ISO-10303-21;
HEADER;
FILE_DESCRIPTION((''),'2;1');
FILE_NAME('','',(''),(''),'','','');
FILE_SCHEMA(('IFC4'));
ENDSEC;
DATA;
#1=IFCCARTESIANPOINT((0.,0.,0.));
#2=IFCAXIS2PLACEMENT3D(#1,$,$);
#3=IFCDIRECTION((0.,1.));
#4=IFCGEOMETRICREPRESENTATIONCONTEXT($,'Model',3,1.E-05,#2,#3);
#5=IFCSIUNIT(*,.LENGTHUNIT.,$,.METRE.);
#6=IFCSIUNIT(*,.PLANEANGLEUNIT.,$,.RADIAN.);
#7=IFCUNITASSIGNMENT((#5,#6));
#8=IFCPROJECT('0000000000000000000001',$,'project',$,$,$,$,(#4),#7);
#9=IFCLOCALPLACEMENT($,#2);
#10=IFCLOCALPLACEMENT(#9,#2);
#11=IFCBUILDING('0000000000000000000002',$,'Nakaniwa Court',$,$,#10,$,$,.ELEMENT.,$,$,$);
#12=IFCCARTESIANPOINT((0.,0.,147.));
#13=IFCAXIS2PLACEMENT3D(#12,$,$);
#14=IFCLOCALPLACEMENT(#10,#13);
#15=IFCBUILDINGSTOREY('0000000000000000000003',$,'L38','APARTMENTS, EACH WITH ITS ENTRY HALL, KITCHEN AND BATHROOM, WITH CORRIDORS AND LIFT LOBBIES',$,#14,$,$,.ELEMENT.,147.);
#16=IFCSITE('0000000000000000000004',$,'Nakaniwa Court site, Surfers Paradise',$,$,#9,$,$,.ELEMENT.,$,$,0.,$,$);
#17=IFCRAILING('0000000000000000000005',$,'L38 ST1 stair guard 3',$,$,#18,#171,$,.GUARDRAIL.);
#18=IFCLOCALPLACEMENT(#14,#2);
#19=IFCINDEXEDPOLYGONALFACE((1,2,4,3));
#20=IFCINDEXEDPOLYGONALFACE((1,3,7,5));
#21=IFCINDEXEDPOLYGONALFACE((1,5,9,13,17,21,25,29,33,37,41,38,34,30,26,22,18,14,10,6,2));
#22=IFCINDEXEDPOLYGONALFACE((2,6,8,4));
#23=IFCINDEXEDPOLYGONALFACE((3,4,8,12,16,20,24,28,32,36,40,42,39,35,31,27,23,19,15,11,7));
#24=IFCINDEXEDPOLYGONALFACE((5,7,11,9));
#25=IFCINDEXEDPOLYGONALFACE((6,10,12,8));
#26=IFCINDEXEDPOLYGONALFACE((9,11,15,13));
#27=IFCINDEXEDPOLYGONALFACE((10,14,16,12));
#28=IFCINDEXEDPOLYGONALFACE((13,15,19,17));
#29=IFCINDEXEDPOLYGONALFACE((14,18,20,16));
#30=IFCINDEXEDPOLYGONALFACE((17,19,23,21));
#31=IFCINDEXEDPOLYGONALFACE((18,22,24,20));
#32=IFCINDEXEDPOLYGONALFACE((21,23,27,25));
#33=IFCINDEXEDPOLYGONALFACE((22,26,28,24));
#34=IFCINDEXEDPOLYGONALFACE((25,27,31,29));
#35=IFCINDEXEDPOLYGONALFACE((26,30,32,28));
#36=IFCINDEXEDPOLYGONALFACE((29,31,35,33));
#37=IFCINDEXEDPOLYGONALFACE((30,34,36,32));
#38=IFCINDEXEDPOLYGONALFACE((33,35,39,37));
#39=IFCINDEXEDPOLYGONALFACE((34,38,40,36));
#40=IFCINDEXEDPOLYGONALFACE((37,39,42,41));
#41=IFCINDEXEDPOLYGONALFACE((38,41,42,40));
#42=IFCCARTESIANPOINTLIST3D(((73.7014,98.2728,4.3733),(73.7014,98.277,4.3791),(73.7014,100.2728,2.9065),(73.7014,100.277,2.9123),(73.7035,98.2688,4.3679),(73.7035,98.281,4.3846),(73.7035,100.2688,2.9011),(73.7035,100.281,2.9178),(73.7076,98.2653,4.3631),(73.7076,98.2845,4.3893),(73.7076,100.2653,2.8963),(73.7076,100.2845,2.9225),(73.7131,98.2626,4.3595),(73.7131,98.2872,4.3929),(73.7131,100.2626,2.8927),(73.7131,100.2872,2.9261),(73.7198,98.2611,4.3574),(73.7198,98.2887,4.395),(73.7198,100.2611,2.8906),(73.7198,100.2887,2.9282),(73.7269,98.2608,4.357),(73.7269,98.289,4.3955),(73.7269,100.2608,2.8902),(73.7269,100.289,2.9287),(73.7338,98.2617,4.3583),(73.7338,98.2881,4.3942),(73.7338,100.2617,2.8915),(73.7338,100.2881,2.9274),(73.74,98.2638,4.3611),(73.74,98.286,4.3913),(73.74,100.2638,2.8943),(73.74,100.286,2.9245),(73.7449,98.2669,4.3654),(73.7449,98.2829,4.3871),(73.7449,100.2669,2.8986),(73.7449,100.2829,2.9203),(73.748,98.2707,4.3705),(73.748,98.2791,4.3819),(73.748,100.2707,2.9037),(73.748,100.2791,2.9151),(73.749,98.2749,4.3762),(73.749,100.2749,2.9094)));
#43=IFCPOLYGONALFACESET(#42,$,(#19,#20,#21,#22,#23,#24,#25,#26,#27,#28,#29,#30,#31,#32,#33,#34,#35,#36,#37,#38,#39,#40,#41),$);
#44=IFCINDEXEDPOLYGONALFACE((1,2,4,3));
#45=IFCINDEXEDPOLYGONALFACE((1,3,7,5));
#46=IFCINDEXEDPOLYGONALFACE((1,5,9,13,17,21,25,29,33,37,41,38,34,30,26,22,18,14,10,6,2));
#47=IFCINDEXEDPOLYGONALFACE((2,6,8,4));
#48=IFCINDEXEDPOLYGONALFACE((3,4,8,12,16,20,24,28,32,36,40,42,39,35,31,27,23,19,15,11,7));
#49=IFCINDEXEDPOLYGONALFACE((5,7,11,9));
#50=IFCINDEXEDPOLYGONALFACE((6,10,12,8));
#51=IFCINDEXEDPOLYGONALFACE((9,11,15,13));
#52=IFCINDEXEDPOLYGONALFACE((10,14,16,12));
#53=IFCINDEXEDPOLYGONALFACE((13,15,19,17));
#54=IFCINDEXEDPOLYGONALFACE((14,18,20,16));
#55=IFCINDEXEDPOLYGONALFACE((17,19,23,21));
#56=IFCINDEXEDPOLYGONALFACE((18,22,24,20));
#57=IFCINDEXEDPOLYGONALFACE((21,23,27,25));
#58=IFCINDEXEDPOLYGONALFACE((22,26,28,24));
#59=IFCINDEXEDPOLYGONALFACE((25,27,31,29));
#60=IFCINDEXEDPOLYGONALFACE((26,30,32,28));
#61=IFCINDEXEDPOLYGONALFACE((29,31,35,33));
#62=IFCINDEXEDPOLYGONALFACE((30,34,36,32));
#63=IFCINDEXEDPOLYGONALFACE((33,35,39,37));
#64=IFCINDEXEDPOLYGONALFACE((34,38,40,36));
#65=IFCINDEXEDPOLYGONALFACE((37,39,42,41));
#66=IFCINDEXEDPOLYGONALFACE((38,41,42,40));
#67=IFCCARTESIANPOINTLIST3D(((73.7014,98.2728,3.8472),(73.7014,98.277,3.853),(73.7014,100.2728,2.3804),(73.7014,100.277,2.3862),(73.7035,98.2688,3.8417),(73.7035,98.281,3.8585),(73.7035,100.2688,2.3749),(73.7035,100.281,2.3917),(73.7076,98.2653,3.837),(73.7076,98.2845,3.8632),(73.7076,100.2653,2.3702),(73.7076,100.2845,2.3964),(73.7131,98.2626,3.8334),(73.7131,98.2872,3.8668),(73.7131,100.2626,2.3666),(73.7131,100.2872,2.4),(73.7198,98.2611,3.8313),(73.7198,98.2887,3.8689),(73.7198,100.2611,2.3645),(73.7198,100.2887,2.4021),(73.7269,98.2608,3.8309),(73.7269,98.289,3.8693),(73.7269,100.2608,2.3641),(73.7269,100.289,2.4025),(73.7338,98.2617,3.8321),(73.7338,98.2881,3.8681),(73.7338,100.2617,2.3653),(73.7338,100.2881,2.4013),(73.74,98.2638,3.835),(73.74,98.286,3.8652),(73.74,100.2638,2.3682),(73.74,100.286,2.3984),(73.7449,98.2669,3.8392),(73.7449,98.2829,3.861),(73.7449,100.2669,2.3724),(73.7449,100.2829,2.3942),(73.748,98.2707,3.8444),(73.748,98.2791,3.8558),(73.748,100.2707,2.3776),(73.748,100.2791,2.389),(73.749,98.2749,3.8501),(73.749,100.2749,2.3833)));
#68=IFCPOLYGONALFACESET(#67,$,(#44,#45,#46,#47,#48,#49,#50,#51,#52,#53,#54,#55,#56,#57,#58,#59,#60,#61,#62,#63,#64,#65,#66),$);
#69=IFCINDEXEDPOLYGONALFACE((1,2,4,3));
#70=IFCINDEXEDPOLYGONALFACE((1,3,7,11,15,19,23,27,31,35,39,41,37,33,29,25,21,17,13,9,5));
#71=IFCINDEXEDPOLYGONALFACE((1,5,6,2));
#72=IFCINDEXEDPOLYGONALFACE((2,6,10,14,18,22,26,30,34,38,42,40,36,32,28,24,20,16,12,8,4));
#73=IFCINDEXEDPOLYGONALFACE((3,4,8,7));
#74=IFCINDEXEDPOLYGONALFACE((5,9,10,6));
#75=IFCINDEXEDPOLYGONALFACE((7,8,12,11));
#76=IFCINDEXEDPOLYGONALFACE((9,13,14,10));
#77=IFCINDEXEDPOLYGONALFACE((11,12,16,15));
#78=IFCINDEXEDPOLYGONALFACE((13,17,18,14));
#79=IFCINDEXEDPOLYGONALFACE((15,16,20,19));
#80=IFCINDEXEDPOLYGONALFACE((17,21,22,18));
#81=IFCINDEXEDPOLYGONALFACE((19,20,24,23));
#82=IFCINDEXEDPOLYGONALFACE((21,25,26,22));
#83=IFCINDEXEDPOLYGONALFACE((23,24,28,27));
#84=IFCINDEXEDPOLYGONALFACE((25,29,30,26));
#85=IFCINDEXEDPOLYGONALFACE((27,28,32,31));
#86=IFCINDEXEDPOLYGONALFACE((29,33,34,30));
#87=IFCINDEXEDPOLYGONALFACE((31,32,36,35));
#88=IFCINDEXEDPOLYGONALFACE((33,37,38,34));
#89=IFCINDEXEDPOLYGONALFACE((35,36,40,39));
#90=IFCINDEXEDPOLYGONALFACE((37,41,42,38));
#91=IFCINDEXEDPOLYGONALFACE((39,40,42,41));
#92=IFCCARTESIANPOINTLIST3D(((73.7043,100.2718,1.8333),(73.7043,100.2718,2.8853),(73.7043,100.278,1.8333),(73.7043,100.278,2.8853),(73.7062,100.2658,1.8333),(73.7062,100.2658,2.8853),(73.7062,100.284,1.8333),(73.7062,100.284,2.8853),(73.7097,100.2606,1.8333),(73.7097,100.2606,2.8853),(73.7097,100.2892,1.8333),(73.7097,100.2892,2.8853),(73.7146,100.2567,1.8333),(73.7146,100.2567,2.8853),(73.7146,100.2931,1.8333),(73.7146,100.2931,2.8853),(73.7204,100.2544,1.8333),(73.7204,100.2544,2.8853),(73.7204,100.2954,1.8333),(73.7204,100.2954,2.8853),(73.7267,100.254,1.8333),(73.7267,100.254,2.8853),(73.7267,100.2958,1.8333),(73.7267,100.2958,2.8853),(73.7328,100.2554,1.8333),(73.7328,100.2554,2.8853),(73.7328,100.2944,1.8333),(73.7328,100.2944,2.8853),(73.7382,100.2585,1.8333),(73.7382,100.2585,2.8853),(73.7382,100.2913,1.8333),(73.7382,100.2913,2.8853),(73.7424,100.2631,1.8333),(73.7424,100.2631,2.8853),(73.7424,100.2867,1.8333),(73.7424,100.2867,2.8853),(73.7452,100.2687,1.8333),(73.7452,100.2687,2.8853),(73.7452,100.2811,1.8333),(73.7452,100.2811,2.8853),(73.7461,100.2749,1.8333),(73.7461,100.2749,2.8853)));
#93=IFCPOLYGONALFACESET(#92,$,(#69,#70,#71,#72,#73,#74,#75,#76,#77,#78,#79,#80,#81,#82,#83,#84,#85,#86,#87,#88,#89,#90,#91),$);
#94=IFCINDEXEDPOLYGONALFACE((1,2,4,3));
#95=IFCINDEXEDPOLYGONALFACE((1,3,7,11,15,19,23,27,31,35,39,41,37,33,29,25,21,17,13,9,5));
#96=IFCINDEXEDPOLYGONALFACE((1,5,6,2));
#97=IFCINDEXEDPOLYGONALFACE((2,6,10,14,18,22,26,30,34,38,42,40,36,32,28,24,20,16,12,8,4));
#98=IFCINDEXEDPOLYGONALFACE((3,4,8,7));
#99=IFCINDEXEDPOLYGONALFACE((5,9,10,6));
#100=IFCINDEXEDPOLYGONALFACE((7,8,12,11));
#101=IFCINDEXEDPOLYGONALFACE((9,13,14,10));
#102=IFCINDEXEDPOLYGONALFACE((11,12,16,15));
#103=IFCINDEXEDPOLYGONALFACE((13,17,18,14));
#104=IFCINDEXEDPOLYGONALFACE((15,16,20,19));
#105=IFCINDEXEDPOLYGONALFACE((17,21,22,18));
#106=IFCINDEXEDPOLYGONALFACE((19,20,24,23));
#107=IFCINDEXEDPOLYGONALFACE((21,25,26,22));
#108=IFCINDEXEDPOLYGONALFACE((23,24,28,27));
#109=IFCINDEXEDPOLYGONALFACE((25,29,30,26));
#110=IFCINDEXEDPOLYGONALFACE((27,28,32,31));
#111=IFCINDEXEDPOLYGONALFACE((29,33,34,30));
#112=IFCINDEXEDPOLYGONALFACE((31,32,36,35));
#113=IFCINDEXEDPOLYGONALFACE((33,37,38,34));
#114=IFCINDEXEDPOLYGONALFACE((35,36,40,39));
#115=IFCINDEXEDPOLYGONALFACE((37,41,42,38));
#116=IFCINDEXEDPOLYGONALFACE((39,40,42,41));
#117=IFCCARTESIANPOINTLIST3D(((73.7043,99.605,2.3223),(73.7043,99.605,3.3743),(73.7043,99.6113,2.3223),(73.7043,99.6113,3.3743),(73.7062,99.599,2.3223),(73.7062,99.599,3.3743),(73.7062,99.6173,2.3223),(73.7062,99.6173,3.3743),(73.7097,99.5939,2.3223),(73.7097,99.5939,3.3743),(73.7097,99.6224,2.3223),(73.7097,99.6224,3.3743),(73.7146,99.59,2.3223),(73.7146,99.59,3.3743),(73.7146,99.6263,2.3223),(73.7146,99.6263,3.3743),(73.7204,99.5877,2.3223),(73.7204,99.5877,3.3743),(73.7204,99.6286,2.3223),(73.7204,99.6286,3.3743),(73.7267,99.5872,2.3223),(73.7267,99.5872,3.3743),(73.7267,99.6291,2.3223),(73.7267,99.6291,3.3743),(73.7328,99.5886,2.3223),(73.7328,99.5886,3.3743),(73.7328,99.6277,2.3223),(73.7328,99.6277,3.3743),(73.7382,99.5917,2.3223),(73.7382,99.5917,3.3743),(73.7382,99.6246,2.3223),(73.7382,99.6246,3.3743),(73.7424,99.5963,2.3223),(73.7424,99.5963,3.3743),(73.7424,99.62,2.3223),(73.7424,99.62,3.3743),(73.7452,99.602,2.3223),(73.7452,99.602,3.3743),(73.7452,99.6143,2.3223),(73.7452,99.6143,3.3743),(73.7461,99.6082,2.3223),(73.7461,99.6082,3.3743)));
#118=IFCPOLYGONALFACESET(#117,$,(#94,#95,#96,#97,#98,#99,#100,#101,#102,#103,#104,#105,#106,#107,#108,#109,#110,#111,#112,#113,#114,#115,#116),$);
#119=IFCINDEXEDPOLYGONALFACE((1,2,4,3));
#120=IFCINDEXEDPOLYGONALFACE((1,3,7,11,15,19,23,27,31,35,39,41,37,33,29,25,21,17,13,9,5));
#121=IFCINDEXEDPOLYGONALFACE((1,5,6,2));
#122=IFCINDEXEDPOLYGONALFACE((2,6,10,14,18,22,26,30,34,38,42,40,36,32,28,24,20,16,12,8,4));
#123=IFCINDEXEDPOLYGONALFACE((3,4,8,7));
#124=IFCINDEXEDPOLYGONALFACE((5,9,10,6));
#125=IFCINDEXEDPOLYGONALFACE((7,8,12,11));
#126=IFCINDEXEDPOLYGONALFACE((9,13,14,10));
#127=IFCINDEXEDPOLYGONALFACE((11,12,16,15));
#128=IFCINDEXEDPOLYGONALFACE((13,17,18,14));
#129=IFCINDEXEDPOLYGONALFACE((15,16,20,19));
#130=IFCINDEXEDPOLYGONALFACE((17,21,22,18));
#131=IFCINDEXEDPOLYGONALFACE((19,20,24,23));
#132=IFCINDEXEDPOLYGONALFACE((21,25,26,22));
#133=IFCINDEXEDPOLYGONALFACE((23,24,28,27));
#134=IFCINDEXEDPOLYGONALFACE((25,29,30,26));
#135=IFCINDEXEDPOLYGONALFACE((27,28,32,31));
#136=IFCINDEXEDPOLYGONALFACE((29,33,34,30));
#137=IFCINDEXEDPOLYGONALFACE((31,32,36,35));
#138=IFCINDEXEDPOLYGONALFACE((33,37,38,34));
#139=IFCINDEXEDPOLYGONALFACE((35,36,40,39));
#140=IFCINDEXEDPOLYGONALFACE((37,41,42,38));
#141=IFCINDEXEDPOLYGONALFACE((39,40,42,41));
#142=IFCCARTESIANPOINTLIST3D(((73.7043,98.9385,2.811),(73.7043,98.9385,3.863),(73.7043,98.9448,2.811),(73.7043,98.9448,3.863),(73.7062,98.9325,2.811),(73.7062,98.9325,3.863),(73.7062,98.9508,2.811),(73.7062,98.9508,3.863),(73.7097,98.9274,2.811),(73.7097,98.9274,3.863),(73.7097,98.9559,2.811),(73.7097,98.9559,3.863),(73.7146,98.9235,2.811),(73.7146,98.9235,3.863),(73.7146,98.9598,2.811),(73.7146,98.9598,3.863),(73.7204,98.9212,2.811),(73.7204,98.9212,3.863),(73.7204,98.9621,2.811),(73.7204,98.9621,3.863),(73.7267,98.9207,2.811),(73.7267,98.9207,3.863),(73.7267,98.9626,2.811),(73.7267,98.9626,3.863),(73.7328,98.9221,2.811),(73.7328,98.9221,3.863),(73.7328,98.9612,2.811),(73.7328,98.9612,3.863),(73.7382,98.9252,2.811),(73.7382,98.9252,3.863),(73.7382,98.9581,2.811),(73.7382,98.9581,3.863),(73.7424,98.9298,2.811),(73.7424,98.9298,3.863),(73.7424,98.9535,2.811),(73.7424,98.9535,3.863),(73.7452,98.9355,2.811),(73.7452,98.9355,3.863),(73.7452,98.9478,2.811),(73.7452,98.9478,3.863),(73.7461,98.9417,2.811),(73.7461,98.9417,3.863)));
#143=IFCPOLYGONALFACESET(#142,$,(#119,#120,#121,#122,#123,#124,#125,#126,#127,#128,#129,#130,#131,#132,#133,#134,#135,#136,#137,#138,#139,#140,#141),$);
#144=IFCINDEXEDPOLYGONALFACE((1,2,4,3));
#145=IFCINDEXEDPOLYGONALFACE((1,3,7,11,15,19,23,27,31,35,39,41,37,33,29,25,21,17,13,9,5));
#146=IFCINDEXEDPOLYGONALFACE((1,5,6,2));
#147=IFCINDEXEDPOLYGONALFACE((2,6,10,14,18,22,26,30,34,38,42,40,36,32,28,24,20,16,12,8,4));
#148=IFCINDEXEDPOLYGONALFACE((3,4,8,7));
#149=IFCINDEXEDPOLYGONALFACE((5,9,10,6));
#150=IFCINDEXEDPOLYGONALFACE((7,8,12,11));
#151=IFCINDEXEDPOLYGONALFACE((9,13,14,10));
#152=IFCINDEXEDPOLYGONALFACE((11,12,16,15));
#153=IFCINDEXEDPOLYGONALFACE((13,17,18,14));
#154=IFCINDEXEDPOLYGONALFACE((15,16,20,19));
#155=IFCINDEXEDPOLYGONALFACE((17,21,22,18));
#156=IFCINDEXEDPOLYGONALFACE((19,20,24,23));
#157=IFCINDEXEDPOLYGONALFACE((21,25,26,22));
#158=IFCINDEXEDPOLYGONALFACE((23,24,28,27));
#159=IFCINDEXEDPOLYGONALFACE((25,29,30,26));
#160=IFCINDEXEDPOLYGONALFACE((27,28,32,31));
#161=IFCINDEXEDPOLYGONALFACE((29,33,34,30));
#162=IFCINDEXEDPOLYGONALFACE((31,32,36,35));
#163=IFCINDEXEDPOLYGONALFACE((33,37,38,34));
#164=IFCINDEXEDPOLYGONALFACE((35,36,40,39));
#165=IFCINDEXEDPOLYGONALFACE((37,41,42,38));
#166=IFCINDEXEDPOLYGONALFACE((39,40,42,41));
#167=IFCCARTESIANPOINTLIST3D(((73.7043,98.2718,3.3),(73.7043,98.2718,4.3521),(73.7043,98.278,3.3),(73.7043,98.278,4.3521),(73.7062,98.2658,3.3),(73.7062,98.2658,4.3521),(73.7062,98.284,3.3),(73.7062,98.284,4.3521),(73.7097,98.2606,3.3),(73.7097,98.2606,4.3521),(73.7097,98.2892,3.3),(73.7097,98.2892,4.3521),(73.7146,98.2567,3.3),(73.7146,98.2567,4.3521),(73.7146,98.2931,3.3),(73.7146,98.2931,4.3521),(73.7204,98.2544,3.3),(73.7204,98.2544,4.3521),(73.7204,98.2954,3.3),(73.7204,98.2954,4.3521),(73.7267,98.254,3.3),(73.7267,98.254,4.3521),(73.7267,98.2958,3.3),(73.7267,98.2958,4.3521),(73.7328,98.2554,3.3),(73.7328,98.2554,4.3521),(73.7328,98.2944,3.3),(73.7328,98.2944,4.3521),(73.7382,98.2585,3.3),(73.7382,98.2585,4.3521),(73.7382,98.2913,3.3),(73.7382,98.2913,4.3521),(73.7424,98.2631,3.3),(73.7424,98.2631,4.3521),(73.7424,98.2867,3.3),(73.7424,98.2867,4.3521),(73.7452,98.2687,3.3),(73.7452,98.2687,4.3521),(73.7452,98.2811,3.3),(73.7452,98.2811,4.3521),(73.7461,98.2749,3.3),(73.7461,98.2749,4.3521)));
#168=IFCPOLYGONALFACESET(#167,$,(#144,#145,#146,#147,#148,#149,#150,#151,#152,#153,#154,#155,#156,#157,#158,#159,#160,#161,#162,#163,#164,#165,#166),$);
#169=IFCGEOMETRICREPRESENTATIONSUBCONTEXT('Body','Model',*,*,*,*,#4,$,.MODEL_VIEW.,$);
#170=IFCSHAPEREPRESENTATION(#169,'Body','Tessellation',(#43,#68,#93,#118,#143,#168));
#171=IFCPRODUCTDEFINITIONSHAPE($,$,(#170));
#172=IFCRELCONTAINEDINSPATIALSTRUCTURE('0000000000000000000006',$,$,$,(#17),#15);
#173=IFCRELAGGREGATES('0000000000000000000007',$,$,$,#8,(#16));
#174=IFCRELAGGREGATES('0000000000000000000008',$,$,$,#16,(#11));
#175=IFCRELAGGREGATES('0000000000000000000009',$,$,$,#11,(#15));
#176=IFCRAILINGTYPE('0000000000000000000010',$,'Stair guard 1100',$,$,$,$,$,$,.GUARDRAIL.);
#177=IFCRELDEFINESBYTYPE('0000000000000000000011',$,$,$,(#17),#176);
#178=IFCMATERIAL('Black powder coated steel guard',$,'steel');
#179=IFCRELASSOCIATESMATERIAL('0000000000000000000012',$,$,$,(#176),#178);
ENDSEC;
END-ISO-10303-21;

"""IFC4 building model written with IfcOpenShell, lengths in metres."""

from ifc_helpers import new_model, si_unit, direction, frame, origin, origin_2d, place, context, subcontext, project, spatial, circle, extrude, material, type_object, element, save


model = new_model("IFC4")

# Units and contexts
model_context = context("Model", 3, precision=1e-05, world=origin(), true_north=direction((0.0, 1.0)))
body_context = subcontext(model_context, "Body", "Model", "MODEL_VIEW")
ifc_project = project(units=[si_unit("LENGTHUNIT", "METRE"), si_unit("PLANEANGLEUNIT", "RADIAN")], contexts=[model_context])

# Site, building, storey
site_placement = place(None, origin())
site = spatial("IfcSite", under=ifc_project, at=site_placement, Name="Nakaniwa Court site, Surfers Paradise", CompositionType="ELEMENT", RefElevation=0.0)
building_placement = place(site_placement, origin())
building = spatial("IfcBuilding", under=site, at=building_placement, Name="Nakaniwa Court", CompositionType="ELEMENT")
storey_placement = place(building_placement, frame((0.0, 0.0, 147.0)))
storey = spatial("IfcBuildingStorey", under=building, at=storey_placement, Name="L38", Description="APARTMENTS, EACH WITH ITS ENTRY HALL, KITCHEN AND BATHROOM, WITH CORRIDORS AND LIFT LOBBIES", CompositionType="ELEMENT", Elevation=147.0)

# Railing
ifc_material_1 = material(Name="Black powder coated steel guard", Category="steel")
railing_type_1 = type_object("IfcRailingType", Name="Stair guard 1100", PredefinedType="GUARDRAIL", material=ifc_material_1)
railing_1_placement = place(storey_placement, frame((73.7251, 100.2749, 1.8333)))
element("IfcRailing", 1, at=railing_1_placement, inside=storey, type_object=railing_type_1, Name="L38 ST1 stair guard 3", PredefinedType="GUARDRAIL", context=body_context, shape_type="SweptSolid", body=[
    extrude(circle(Radius=0.0239, at=origin_2d()), frame((0.0, 0.0, 1.0762), z_axis=(0.0, -0.80638, 0.591398), x_axis=(1.0, 0.0, 0.0)), (0.0, 0.0, 1.0), 2.4802),
    extrude(circle(Radius=0.0239, at=origin_2d()), frame((0.0, 0.0, 0.55), z_axis=(0.0, -0.80638, 0.591398), x_axis=(1.0, 0.0, 0.0)), (0.0, 0.0, 1.0), 2.4802),
    extrude(circle(Radius=0.021, at=origin_2d()), origin(), (0.0, 0.0, 1.0), 1.052),
    extrude(circle(Radius=0.021, at=origin_2d()), frame((0.0, -0.6667, 0.489)), (0.0, 0.0, 1.0), 1.052),
    extrude(circle(Radius=0.021, at=origin_2d()), frame((0.0, -1.3333, 0.9778)), (0.0, 0.0, 1.0), 1.052),
    extrude(circle(Radius=0.021, at=origin_2d()), frame((0.0, -2.0, 1.4668)), (0.0, 0.0, 1.0), 1.052),
])

save(model, "model.ifc")
